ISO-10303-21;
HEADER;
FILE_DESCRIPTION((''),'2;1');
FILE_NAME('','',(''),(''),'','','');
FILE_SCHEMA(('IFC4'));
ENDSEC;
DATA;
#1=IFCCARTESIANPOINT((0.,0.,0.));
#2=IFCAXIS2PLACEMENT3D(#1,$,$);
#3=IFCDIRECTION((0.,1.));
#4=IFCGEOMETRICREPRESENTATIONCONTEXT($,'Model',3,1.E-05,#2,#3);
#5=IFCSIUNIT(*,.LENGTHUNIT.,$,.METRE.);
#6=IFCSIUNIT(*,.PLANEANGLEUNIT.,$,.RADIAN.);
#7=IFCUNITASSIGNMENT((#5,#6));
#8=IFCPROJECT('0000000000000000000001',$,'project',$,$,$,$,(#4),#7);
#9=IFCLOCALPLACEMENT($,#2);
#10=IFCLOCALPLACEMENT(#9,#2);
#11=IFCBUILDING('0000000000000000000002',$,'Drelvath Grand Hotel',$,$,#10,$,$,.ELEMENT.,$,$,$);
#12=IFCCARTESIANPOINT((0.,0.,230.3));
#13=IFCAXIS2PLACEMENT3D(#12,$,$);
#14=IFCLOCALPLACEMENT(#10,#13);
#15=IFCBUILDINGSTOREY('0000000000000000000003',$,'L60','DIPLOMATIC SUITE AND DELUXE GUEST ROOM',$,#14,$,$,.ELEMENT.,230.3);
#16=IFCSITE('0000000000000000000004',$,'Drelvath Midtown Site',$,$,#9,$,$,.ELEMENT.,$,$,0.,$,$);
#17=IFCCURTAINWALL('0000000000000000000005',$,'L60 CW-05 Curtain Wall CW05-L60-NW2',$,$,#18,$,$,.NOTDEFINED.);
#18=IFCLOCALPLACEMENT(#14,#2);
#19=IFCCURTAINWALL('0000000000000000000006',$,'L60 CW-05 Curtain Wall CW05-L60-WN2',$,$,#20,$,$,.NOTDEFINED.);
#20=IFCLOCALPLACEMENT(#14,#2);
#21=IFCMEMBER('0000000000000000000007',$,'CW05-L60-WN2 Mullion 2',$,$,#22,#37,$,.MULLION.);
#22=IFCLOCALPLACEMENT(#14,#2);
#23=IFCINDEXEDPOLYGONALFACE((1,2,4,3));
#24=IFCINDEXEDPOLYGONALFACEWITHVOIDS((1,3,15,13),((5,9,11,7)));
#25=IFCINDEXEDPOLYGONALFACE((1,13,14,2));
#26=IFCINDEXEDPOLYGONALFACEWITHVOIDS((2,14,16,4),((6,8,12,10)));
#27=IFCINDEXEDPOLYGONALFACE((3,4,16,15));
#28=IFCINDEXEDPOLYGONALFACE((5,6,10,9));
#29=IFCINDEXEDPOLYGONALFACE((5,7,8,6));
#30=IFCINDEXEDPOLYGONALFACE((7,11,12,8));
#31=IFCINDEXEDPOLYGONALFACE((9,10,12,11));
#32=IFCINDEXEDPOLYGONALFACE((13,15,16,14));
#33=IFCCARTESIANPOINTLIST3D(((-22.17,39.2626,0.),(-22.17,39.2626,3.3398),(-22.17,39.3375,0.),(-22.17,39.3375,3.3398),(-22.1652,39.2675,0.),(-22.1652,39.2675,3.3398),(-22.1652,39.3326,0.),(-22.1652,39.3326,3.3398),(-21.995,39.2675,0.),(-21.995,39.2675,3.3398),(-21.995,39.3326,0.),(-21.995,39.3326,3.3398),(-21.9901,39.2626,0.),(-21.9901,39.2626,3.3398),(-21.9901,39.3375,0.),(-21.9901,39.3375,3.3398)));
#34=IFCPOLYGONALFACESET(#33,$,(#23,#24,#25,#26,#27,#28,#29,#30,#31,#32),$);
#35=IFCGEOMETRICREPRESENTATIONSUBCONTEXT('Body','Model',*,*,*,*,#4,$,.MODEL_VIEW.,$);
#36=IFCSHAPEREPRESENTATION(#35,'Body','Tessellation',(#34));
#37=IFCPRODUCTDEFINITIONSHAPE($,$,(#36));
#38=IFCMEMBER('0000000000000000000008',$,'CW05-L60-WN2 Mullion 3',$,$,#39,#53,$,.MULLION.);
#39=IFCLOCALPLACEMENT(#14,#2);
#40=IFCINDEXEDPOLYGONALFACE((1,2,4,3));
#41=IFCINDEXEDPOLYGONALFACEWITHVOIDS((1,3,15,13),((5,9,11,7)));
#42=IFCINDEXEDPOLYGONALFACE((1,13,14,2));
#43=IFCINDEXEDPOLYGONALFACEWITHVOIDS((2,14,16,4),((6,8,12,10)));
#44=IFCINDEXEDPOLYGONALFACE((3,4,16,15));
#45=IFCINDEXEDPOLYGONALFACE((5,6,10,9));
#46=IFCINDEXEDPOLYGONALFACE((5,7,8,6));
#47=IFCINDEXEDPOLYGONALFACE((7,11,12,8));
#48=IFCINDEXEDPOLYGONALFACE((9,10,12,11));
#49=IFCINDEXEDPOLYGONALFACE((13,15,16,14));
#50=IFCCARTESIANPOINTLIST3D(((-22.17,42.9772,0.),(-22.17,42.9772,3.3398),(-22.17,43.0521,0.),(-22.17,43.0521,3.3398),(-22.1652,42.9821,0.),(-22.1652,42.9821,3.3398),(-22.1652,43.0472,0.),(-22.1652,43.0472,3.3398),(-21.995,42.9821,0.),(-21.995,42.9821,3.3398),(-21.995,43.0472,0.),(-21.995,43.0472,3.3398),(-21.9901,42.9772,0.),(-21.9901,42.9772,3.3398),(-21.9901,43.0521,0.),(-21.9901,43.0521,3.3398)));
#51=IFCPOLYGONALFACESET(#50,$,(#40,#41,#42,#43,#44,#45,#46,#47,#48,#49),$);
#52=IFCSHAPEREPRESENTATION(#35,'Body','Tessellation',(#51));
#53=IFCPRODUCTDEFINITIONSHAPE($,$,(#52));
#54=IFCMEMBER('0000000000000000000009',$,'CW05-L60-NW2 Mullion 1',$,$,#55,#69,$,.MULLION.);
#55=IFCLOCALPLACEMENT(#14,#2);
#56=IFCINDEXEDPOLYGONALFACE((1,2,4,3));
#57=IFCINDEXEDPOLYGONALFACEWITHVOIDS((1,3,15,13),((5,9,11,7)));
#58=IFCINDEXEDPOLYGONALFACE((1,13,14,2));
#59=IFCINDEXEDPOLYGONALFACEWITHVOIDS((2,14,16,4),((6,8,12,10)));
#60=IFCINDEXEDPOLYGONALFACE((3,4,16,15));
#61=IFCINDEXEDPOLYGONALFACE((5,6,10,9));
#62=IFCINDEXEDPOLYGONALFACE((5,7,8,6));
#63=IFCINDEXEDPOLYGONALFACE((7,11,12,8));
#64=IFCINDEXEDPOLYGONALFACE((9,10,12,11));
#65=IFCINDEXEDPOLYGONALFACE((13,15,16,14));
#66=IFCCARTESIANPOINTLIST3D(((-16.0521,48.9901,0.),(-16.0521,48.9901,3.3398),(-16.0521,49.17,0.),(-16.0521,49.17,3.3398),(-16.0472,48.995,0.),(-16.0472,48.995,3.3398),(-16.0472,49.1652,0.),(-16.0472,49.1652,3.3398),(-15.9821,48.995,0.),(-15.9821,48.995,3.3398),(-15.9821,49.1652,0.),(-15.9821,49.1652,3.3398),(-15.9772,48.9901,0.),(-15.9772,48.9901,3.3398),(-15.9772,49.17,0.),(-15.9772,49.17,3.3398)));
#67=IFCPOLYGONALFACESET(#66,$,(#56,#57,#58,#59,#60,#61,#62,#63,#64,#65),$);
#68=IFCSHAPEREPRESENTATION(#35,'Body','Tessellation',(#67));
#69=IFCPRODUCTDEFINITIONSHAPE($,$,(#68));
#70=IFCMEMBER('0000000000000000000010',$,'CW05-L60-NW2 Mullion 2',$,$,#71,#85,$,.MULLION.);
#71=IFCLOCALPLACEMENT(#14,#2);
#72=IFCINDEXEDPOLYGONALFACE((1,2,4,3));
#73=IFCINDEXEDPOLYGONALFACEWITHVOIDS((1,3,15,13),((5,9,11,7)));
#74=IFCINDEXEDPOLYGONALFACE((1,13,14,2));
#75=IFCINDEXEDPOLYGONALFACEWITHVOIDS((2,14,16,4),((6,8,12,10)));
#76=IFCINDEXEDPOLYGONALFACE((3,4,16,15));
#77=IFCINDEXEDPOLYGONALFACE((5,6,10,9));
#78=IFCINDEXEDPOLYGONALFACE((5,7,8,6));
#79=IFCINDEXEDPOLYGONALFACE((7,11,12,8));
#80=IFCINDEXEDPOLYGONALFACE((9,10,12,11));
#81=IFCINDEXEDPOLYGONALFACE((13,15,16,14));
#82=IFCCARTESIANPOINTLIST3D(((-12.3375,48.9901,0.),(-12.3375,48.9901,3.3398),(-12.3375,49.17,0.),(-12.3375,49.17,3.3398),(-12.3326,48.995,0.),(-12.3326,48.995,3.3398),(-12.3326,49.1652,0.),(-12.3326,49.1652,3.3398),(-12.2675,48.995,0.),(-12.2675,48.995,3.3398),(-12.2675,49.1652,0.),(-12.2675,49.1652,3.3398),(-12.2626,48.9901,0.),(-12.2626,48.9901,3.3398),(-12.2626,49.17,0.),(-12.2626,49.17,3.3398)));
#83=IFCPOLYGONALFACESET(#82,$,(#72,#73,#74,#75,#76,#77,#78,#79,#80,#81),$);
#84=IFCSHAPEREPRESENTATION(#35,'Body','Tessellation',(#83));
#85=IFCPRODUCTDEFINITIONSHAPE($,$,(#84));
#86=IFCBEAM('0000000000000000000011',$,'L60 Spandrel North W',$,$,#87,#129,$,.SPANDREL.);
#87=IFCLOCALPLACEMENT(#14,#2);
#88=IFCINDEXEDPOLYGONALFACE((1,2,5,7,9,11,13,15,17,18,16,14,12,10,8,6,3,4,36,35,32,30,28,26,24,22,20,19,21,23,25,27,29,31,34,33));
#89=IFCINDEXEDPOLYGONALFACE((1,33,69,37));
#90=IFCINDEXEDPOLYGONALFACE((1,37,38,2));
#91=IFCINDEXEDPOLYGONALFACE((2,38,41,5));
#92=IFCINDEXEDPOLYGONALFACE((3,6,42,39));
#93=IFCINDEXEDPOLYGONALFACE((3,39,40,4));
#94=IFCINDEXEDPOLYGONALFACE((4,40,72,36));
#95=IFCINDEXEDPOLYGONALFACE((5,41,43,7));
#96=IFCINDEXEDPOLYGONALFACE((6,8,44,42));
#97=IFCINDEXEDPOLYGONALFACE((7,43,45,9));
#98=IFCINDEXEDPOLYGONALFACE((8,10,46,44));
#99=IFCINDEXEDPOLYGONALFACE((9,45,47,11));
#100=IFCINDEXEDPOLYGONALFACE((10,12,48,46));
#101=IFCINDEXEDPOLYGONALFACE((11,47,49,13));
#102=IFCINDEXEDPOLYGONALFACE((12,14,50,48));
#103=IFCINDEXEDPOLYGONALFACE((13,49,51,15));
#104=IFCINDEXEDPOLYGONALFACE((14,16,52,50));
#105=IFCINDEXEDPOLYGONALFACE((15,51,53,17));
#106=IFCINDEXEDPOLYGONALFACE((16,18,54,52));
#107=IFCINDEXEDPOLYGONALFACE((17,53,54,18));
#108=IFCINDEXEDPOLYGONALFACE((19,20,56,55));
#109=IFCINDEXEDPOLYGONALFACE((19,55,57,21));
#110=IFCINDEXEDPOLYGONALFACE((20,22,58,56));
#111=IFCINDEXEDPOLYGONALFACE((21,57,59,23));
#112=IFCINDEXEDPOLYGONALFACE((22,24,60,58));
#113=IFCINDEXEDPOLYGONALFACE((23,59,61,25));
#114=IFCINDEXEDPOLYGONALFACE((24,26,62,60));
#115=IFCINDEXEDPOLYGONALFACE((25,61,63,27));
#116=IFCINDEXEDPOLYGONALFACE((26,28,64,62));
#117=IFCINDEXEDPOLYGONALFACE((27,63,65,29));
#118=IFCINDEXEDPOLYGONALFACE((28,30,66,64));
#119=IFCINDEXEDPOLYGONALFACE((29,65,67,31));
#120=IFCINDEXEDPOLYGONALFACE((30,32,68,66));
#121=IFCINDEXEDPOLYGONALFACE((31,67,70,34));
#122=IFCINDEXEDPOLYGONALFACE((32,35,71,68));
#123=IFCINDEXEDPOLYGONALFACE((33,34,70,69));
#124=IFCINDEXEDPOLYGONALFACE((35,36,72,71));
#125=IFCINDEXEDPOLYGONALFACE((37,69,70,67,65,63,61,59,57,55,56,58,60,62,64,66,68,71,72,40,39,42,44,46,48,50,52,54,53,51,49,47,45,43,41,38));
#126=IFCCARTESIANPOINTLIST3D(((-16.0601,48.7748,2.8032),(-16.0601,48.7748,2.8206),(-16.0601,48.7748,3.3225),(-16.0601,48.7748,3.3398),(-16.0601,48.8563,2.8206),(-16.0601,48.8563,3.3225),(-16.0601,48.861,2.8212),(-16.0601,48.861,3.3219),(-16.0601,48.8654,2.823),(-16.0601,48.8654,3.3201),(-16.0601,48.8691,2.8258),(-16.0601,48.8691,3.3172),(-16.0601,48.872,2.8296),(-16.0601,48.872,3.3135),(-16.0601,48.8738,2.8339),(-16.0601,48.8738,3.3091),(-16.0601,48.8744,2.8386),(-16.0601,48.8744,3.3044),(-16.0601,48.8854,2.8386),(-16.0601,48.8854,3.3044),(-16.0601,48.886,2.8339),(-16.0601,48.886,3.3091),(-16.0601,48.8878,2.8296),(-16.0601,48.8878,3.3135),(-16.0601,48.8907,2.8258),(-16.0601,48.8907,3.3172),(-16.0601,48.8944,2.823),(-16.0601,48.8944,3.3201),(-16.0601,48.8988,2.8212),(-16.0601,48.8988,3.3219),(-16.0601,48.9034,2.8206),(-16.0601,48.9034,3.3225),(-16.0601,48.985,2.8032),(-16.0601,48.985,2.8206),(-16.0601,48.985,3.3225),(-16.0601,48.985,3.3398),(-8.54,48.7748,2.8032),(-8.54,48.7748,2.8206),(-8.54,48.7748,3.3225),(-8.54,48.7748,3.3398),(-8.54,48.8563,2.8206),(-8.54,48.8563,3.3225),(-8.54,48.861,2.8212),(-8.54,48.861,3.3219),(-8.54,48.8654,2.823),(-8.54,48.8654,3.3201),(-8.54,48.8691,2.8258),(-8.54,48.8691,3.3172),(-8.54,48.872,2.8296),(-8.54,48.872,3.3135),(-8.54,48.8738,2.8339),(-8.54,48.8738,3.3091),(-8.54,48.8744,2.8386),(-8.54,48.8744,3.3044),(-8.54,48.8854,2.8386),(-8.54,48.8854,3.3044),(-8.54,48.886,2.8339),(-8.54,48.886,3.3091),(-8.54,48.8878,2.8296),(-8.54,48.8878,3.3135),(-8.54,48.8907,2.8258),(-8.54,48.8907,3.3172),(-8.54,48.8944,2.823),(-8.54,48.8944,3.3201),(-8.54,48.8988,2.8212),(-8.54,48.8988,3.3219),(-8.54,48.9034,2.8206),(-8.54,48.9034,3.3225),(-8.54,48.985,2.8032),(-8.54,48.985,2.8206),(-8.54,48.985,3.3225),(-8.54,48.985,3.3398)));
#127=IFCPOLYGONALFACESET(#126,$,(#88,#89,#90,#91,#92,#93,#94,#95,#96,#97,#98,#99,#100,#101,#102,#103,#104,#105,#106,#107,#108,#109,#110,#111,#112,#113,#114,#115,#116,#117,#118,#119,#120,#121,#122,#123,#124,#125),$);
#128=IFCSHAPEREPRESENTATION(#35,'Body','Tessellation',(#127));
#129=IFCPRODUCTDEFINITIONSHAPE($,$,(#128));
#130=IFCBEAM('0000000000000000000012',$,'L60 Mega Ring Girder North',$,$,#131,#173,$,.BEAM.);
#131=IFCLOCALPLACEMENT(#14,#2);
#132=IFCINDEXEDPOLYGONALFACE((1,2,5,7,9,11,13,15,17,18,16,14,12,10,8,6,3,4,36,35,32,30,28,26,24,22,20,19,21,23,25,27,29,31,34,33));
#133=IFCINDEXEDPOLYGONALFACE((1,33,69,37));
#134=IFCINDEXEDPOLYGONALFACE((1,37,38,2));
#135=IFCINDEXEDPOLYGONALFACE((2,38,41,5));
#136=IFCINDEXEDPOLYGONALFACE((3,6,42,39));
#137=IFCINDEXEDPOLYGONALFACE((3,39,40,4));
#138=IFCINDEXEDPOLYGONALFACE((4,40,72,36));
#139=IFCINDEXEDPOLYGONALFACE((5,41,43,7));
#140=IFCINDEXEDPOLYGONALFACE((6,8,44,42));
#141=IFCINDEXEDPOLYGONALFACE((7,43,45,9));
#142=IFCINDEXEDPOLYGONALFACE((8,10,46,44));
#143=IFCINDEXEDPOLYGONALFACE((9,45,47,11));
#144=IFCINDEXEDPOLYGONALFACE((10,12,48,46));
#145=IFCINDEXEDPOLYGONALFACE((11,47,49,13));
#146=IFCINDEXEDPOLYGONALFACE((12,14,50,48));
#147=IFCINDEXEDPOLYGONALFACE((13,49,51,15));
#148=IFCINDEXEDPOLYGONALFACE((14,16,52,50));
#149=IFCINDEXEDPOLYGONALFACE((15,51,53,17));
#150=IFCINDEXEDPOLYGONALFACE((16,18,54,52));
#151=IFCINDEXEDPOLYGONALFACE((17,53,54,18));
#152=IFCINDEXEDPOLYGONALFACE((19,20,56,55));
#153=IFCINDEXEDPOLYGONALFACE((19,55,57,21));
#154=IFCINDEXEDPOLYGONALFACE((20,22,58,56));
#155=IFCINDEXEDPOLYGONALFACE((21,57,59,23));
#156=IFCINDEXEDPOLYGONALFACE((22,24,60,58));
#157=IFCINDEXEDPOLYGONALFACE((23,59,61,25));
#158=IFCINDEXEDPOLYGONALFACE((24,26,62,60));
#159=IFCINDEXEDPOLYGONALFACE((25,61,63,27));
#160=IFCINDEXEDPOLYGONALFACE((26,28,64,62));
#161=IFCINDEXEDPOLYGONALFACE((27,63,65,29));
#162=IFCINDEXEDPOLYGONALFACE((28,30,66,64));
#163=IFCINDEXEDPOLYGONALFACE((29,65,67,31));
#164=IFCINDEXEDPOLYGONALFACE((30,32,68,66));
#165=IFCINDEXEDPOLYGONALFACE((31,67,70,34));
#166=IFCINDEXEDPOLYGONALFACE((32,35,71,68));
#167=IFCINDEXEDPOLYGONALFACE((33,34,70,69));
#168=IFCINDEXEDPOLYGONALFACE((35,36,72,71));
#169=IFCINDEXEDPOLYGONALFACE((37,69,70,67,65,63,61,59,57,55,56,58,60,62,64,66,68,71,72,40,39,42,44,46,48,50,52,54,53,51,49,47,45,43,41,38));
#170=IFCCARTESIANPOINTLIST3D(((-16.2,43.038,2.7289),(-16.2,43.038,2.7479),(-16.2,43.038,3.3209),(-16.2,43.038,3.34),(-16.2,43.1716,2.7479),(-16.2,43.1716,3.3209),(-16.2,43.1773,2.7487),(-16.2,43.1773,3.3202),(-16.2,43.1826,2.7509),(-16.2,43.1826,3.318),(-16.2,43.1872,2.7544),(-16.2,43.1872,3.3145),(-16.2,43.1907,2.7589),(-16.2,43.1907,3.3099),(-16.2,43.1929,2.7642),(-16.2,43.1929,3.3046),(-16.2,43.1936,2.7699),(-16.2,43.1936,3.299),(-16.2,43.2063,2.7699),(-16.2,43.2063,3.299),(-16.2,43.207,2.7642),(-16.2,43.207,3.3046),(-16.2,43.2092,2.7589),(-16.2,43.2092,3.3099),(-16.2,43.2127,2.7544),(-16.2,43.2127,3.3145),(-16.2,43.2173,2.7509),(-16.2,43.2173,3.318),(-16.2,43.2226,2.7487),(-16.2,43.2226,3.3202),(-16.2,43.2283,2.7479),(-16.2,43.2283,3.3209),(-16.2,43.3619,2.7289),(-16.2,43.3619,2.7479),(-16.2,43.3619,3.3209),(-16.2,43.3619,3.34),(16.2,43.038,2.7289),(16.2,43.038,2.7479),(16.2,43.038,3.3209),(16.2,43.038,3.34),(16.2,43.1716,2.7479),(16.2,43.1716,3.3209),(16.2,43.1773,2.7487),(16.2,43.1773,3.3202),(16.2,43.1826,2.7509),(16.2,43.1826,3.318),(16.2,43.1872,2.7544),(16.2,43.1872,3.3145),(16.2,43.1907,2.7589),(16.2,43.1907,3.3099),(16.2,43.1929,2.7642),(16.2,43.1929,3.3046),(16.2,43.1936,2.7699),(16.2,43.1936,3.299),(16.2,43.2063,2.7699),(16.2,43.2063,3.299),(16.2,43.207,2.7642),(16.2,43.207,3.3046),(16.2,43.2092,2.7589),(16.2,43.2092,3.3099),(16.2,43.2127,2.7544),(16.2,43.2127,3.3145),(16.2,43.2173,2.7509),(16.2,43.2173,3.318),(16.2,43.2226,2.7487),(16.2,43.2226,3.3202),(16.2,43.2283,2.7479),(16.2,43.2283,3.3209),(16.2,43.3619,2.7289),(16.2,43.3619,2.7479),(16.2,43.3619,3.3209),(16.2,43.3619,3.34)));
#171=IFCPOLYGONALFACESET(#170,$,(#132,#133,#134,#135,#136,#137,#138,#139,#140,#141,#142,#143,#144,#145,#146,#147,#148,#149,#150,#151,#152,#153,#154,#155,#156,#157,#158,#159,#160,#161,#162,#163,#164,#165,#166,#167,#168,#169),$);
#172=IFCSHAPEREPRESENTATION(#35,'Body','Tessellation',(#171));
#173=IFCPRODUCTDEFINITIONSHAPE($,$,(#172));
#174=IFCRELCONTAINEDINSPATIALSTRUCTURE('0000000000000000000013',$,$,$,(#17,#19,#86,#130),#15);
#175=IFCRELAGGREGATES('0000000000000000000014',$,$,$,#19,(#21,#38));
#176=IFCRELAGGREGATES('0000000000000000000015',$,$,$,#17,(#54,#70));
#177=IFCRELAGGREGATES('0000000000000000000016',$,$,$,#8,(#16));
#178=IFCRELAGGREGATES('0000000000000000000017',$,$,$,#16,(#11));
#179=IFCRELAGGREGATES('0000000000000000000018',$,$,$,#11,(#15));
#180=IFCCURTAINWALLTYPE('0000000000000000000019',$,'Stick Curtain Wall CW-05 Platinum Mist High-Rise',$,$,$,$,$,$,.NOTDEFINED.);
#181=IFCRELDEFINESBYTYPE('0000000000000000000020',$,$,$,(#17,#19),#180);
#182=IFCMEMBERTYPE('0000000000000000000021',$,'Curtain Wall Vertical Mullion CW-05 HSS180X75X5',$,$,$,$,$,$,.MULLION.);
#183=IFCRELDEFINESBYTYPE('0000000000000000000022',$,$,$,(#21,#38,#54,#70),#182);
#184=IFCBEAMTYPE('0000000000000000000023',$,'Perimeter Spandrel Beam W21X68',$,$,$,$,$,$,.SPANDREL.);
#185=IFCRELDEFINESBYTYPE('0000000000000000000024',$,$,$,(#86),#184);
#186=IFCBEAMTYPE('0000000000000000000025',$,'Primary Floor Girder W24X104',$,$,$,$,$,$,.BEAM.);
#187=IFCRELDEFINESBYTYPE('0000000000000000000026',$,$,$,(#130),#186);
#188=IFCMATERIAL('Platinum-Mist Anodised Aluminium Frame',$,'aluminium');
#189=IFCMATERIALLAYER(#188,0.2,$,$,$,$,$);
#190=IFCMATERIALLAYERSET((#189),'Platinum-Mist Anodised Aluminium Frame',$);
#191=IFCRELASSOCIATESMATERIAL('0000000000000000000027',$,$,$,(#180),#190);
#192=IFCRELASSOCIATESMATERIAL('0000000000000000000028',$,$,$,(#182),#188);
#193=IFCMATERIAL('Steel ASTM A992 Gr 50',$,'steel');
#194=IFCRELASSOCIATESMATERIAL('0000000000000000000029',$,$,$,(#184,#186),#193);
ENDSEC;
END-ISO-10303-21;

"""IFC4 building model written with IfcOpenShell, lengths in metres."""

from ifc_helpers import new_model, si_unit, direction, frame, origin, origin_2d, place, context, subcontext, project, spatial, hollow_rectangle, i_section, extrude, material, layer, layer_set, material_profile, profile_set, type_object, element, aggregate, save


model = new_model("IFC4")

# Units and contexts
model_context = context("Model", 3, precision=1e-05, world=origin(), true_north=direction((0.0, 1.0)))
body_context = subcontext(model_context, "Body", "Model", "MODEL_VIEW")
ifc_project = project(units=[si_unit("LENGTHUNIT", "METRE"), si_unit("PLANEANGLEUNIT", "RADIAN")], contexts=[model_context])

# Site, building, storey
site_placement = place(None, origin())
site = spatial("IfcSite", under=ifc_project, at=site_placement, Name="Drelvath Midtown Site", CompositionType="ELEMENT", RefElevation=0.0)
building_placement = place(site_placement, origin())
building = spatial("IfcBuilding", under=site, at=building_placement, Name="Drelvath Grand Hotel", CompositionType="ELEMENT")
storey_placement = place(building_placement, frame((0.0, 0.0, 230.3)))
storey = spatial("IfcBuildingStorey", under=building, at=storey_placement, Name="L60", Description="DIPLOMATIC SUITE AND DELUXE GUEST ROOM", CompositionType="ELEMENT", Elevation=230.3)

# Shared definitions
ifc_material_1 = material(Name="Steel ASTM A992 Gr 50", Category="steel")

# Curtain wall
ifc_material_2 = material(Name="Platinum-Mist Anodised Aluminium Frame", Category="aluminium")
ifc_layer_1 = layer(ifc_material_2, 0.2)
ifc_layer_set_1 = layer_set([ifc_layer_1], Name="Platinum-Mist Anodised Aluminium Frame")
curtain_wall_type = type_object("IfcCurtainWallType", Name="Stick Curtain Wall CW-05 Platinum Mist High-Rise", PredefinedType="NOTDEFINED", material=ifc_layer_set_1)
curtain_wall_1_placement = place(storey_placement, origin())
curtain_wall_1 = element("IfcCurtainWall", 1, at=curtain_wall_1_placement, inside=storey, type_object=curtain_wall_type, Name="L60 CW-05 Curtain Wall CW05-L60-NW2", PredefinedType="NOTDEFINED")

# Curtain wall, members
curtain_wall_2_placement = place(storey_placement, origin())
curtain_wall_2 = element("IfcCurtainWall", 2, at=curtain_wall_2_placement, inside=storey, type_object=curtain_wall_type, Name="L60 CW-05 Curtain Wall CW05-L60-WN2", PredefinedType="NOTDEFINED")
ifc_material_profile_1 = material_profile(ifc_material_2, hollow_rectangle(XDim=0.075, YDim=0.1799, WallThickness=0.0049, at=origin_2d()), Name="HSS180X75X5")
ifc_profile_set_1 = profile_set([ifc_material_profile_1], Name="Platinum-Mist Anodised Aluminium Frame")
member_type_1 = type_object("IfcMemberType", Name="Curtain Wall Vertical Mullion CW-05 HSS180X75X5", PredefinedType="MULLION", material=ifc_profile_set_1)
member_1_placement = place(storey_placement, frame((-22.0801, 39.3, 0.0), z_axis=(0.0, 0.0, 1.0), x_axis=(0.0, 1.0, 0.0)))
member_1 = element("IfcMember", 3, at=member_1_placement, type_object=member_type_1, Name="CW05-L60-WN2 Mullion 2", PredefinedType="MULLION", context=body_context, shape_type="SweptSolid", body=[
    extrude(hollow_rectangle(XDim=0.075, YDim=0.1799, WallThickness=0.0049, at=origin_2d()), origin(), (0.0, 0.0, 1.0), 3.3398),
])
member_2_placement = place(storey_placement, frame((-22.0801, 43.0146, 0.0), z_axis=(0.0, 0.0, 1.0), x_axis=(0.0, 1.0, 0.0)))
member_2 = element("IfcMember", 4, at=member_2_placement, type_object=member_type_1, Name="CW05-L60-WN2 Mullion 3", PredefinedType="MULLION", context=body_context, shape_type="SweptSolid", body=[
    extrude(hollow_rectangle(XDim=0.075, YDim=0.1799, WallThickness=0.0049, at=origin_2d()), origin(), (0.0, 0.0, 1.0), 3.3398),
])

# Members
member_3_placement = place(storey_placement, frame((-16.0146, 49.0801, 0.0), z_axis=(0.0, 0.0, 1.0), x_axis=(1.0, 0.0, 0.0)))
member_3 = element("IfcMember", 5, at=member_3_placement, type_object=member_type_1, Name="CW05-L60-NW2 Mullion 1", PredefinedType="MULLION", context=body_context, shape_type="SweptSolid", body=[
    extrude(hollow_rectangle(XDim=0.075, YDim=0.1799, WallThickness=0.0049, at=origin_2d()), origin(), (0.0, 0.0, 1.0), 3.3398),
])
member_4_placement = place(storey_placement, frame((-12.3, 49.0801, 0.0), z_axis=(0.0, 0.0, 1.0), x_axis=(1.0, 0.0, 0.0)))
member_4 = element("IfcMember", 6, at=member_4_placement, type_object=member_type_1, Name="CW05-L60-NW2 Mullion 2", PredefinedType="MULLION", context=body_context, shape_type="SweptSolid", body=[
    extrude(hollow_rectangle(XDim=0.075, YDim=0.1799, WallThickness=0.0049, at=origin_2d()), origin(), (0.0, 0.0, 1.0), 3.3398),
])

# Beams
ifc_material_profile_2 = material_profile(ifc_material_1, i_section(OverallWidth=0.2102, OverallDepth=0.5366, WebThickness=0.011, FlangeThickness=0.0173, FilletRadius=0.0181, at=origin_2d()), Name="W21X68")
ifc_profile_set_2 = profile_set([ifc_material_profile_2], Name="Steel ASTM A992 Gr 50")
beam_type_1 = type_object("IfcBeamType", Name="Perimeter Spandrel Beam W21X68", PredefinedType="SPANDREL", material=ifc_profile_set_2)
beam_1_placement = place(storey_placement, frame((-16.0601, 48.8799, 3.0715), z_axis=(1.0, 0.0, 0.0), x_axis=(0.0, 1.0, 0.0)))
element("IfcBeam", 7, at=beam_1_placement, inside=storey, type_object=beam_type_1, Name="L60 Spandrel North W", PredefinedType="SPANDREL", context=body_context, shape_type="SweptSolid", body=[
    extrude(i_section(OverallWidth=0.2102, OverallDepth=0.5366, WebThickness=0.011, FlangeThickness=0.0173, FilletRadius=0.0181, at=origin_2d()), origin(), (0.0, 0.0, 1.0), 7.52),
])
ifc_material_profile_3 = material_profile(ifc_material_1, i_section(OverallWidth=0.324, OverallDepth=0.6111, WebThickness=0.0127, FlangeThickness=0.019, FilletRadius=0.022, at=origin_2d()), Name="W24X104")
ifc_profile_set_3 = profile_set([ifc_material_profile_3], Name="Steel ASTM A992 Gr 50")
beam_type_2 = type_object("IfcBeamType", Name="Primary Floor Girder W24X104", PredefinedType="BEAM", material=ifc_profile_set_3)
beam_2_placement = place(storey_placement, frame((-16.2, 43.2, 3.0344), z_axis=(1.0, 0.0, 0.0), x_axis=(0.0, 1.0, 0.0)))
element("IfcBeam", 8, at=beam_2_placement, inside=storey, type_object=beam_type_2, Name="L60 Mega Ring Girder North", PredefinedType="BEAM", context=body_context, shape_type="SweptSolid", body=[
    extrude(i_section(OverallWidth=0.324, OverallDepth=0.6111, WebThickness=0.0127, FlangeThickness=0.019, FilletRadius=0.022, at=origin_2d()), origin(), (0.0, 0.0, 1.0), 32.3999),
])

aggregate(curtain_wall_2, [member_1, member_2])
aggregate(curtain_wall_1, [member_3, member_4])

save(model, "model.ifc")
